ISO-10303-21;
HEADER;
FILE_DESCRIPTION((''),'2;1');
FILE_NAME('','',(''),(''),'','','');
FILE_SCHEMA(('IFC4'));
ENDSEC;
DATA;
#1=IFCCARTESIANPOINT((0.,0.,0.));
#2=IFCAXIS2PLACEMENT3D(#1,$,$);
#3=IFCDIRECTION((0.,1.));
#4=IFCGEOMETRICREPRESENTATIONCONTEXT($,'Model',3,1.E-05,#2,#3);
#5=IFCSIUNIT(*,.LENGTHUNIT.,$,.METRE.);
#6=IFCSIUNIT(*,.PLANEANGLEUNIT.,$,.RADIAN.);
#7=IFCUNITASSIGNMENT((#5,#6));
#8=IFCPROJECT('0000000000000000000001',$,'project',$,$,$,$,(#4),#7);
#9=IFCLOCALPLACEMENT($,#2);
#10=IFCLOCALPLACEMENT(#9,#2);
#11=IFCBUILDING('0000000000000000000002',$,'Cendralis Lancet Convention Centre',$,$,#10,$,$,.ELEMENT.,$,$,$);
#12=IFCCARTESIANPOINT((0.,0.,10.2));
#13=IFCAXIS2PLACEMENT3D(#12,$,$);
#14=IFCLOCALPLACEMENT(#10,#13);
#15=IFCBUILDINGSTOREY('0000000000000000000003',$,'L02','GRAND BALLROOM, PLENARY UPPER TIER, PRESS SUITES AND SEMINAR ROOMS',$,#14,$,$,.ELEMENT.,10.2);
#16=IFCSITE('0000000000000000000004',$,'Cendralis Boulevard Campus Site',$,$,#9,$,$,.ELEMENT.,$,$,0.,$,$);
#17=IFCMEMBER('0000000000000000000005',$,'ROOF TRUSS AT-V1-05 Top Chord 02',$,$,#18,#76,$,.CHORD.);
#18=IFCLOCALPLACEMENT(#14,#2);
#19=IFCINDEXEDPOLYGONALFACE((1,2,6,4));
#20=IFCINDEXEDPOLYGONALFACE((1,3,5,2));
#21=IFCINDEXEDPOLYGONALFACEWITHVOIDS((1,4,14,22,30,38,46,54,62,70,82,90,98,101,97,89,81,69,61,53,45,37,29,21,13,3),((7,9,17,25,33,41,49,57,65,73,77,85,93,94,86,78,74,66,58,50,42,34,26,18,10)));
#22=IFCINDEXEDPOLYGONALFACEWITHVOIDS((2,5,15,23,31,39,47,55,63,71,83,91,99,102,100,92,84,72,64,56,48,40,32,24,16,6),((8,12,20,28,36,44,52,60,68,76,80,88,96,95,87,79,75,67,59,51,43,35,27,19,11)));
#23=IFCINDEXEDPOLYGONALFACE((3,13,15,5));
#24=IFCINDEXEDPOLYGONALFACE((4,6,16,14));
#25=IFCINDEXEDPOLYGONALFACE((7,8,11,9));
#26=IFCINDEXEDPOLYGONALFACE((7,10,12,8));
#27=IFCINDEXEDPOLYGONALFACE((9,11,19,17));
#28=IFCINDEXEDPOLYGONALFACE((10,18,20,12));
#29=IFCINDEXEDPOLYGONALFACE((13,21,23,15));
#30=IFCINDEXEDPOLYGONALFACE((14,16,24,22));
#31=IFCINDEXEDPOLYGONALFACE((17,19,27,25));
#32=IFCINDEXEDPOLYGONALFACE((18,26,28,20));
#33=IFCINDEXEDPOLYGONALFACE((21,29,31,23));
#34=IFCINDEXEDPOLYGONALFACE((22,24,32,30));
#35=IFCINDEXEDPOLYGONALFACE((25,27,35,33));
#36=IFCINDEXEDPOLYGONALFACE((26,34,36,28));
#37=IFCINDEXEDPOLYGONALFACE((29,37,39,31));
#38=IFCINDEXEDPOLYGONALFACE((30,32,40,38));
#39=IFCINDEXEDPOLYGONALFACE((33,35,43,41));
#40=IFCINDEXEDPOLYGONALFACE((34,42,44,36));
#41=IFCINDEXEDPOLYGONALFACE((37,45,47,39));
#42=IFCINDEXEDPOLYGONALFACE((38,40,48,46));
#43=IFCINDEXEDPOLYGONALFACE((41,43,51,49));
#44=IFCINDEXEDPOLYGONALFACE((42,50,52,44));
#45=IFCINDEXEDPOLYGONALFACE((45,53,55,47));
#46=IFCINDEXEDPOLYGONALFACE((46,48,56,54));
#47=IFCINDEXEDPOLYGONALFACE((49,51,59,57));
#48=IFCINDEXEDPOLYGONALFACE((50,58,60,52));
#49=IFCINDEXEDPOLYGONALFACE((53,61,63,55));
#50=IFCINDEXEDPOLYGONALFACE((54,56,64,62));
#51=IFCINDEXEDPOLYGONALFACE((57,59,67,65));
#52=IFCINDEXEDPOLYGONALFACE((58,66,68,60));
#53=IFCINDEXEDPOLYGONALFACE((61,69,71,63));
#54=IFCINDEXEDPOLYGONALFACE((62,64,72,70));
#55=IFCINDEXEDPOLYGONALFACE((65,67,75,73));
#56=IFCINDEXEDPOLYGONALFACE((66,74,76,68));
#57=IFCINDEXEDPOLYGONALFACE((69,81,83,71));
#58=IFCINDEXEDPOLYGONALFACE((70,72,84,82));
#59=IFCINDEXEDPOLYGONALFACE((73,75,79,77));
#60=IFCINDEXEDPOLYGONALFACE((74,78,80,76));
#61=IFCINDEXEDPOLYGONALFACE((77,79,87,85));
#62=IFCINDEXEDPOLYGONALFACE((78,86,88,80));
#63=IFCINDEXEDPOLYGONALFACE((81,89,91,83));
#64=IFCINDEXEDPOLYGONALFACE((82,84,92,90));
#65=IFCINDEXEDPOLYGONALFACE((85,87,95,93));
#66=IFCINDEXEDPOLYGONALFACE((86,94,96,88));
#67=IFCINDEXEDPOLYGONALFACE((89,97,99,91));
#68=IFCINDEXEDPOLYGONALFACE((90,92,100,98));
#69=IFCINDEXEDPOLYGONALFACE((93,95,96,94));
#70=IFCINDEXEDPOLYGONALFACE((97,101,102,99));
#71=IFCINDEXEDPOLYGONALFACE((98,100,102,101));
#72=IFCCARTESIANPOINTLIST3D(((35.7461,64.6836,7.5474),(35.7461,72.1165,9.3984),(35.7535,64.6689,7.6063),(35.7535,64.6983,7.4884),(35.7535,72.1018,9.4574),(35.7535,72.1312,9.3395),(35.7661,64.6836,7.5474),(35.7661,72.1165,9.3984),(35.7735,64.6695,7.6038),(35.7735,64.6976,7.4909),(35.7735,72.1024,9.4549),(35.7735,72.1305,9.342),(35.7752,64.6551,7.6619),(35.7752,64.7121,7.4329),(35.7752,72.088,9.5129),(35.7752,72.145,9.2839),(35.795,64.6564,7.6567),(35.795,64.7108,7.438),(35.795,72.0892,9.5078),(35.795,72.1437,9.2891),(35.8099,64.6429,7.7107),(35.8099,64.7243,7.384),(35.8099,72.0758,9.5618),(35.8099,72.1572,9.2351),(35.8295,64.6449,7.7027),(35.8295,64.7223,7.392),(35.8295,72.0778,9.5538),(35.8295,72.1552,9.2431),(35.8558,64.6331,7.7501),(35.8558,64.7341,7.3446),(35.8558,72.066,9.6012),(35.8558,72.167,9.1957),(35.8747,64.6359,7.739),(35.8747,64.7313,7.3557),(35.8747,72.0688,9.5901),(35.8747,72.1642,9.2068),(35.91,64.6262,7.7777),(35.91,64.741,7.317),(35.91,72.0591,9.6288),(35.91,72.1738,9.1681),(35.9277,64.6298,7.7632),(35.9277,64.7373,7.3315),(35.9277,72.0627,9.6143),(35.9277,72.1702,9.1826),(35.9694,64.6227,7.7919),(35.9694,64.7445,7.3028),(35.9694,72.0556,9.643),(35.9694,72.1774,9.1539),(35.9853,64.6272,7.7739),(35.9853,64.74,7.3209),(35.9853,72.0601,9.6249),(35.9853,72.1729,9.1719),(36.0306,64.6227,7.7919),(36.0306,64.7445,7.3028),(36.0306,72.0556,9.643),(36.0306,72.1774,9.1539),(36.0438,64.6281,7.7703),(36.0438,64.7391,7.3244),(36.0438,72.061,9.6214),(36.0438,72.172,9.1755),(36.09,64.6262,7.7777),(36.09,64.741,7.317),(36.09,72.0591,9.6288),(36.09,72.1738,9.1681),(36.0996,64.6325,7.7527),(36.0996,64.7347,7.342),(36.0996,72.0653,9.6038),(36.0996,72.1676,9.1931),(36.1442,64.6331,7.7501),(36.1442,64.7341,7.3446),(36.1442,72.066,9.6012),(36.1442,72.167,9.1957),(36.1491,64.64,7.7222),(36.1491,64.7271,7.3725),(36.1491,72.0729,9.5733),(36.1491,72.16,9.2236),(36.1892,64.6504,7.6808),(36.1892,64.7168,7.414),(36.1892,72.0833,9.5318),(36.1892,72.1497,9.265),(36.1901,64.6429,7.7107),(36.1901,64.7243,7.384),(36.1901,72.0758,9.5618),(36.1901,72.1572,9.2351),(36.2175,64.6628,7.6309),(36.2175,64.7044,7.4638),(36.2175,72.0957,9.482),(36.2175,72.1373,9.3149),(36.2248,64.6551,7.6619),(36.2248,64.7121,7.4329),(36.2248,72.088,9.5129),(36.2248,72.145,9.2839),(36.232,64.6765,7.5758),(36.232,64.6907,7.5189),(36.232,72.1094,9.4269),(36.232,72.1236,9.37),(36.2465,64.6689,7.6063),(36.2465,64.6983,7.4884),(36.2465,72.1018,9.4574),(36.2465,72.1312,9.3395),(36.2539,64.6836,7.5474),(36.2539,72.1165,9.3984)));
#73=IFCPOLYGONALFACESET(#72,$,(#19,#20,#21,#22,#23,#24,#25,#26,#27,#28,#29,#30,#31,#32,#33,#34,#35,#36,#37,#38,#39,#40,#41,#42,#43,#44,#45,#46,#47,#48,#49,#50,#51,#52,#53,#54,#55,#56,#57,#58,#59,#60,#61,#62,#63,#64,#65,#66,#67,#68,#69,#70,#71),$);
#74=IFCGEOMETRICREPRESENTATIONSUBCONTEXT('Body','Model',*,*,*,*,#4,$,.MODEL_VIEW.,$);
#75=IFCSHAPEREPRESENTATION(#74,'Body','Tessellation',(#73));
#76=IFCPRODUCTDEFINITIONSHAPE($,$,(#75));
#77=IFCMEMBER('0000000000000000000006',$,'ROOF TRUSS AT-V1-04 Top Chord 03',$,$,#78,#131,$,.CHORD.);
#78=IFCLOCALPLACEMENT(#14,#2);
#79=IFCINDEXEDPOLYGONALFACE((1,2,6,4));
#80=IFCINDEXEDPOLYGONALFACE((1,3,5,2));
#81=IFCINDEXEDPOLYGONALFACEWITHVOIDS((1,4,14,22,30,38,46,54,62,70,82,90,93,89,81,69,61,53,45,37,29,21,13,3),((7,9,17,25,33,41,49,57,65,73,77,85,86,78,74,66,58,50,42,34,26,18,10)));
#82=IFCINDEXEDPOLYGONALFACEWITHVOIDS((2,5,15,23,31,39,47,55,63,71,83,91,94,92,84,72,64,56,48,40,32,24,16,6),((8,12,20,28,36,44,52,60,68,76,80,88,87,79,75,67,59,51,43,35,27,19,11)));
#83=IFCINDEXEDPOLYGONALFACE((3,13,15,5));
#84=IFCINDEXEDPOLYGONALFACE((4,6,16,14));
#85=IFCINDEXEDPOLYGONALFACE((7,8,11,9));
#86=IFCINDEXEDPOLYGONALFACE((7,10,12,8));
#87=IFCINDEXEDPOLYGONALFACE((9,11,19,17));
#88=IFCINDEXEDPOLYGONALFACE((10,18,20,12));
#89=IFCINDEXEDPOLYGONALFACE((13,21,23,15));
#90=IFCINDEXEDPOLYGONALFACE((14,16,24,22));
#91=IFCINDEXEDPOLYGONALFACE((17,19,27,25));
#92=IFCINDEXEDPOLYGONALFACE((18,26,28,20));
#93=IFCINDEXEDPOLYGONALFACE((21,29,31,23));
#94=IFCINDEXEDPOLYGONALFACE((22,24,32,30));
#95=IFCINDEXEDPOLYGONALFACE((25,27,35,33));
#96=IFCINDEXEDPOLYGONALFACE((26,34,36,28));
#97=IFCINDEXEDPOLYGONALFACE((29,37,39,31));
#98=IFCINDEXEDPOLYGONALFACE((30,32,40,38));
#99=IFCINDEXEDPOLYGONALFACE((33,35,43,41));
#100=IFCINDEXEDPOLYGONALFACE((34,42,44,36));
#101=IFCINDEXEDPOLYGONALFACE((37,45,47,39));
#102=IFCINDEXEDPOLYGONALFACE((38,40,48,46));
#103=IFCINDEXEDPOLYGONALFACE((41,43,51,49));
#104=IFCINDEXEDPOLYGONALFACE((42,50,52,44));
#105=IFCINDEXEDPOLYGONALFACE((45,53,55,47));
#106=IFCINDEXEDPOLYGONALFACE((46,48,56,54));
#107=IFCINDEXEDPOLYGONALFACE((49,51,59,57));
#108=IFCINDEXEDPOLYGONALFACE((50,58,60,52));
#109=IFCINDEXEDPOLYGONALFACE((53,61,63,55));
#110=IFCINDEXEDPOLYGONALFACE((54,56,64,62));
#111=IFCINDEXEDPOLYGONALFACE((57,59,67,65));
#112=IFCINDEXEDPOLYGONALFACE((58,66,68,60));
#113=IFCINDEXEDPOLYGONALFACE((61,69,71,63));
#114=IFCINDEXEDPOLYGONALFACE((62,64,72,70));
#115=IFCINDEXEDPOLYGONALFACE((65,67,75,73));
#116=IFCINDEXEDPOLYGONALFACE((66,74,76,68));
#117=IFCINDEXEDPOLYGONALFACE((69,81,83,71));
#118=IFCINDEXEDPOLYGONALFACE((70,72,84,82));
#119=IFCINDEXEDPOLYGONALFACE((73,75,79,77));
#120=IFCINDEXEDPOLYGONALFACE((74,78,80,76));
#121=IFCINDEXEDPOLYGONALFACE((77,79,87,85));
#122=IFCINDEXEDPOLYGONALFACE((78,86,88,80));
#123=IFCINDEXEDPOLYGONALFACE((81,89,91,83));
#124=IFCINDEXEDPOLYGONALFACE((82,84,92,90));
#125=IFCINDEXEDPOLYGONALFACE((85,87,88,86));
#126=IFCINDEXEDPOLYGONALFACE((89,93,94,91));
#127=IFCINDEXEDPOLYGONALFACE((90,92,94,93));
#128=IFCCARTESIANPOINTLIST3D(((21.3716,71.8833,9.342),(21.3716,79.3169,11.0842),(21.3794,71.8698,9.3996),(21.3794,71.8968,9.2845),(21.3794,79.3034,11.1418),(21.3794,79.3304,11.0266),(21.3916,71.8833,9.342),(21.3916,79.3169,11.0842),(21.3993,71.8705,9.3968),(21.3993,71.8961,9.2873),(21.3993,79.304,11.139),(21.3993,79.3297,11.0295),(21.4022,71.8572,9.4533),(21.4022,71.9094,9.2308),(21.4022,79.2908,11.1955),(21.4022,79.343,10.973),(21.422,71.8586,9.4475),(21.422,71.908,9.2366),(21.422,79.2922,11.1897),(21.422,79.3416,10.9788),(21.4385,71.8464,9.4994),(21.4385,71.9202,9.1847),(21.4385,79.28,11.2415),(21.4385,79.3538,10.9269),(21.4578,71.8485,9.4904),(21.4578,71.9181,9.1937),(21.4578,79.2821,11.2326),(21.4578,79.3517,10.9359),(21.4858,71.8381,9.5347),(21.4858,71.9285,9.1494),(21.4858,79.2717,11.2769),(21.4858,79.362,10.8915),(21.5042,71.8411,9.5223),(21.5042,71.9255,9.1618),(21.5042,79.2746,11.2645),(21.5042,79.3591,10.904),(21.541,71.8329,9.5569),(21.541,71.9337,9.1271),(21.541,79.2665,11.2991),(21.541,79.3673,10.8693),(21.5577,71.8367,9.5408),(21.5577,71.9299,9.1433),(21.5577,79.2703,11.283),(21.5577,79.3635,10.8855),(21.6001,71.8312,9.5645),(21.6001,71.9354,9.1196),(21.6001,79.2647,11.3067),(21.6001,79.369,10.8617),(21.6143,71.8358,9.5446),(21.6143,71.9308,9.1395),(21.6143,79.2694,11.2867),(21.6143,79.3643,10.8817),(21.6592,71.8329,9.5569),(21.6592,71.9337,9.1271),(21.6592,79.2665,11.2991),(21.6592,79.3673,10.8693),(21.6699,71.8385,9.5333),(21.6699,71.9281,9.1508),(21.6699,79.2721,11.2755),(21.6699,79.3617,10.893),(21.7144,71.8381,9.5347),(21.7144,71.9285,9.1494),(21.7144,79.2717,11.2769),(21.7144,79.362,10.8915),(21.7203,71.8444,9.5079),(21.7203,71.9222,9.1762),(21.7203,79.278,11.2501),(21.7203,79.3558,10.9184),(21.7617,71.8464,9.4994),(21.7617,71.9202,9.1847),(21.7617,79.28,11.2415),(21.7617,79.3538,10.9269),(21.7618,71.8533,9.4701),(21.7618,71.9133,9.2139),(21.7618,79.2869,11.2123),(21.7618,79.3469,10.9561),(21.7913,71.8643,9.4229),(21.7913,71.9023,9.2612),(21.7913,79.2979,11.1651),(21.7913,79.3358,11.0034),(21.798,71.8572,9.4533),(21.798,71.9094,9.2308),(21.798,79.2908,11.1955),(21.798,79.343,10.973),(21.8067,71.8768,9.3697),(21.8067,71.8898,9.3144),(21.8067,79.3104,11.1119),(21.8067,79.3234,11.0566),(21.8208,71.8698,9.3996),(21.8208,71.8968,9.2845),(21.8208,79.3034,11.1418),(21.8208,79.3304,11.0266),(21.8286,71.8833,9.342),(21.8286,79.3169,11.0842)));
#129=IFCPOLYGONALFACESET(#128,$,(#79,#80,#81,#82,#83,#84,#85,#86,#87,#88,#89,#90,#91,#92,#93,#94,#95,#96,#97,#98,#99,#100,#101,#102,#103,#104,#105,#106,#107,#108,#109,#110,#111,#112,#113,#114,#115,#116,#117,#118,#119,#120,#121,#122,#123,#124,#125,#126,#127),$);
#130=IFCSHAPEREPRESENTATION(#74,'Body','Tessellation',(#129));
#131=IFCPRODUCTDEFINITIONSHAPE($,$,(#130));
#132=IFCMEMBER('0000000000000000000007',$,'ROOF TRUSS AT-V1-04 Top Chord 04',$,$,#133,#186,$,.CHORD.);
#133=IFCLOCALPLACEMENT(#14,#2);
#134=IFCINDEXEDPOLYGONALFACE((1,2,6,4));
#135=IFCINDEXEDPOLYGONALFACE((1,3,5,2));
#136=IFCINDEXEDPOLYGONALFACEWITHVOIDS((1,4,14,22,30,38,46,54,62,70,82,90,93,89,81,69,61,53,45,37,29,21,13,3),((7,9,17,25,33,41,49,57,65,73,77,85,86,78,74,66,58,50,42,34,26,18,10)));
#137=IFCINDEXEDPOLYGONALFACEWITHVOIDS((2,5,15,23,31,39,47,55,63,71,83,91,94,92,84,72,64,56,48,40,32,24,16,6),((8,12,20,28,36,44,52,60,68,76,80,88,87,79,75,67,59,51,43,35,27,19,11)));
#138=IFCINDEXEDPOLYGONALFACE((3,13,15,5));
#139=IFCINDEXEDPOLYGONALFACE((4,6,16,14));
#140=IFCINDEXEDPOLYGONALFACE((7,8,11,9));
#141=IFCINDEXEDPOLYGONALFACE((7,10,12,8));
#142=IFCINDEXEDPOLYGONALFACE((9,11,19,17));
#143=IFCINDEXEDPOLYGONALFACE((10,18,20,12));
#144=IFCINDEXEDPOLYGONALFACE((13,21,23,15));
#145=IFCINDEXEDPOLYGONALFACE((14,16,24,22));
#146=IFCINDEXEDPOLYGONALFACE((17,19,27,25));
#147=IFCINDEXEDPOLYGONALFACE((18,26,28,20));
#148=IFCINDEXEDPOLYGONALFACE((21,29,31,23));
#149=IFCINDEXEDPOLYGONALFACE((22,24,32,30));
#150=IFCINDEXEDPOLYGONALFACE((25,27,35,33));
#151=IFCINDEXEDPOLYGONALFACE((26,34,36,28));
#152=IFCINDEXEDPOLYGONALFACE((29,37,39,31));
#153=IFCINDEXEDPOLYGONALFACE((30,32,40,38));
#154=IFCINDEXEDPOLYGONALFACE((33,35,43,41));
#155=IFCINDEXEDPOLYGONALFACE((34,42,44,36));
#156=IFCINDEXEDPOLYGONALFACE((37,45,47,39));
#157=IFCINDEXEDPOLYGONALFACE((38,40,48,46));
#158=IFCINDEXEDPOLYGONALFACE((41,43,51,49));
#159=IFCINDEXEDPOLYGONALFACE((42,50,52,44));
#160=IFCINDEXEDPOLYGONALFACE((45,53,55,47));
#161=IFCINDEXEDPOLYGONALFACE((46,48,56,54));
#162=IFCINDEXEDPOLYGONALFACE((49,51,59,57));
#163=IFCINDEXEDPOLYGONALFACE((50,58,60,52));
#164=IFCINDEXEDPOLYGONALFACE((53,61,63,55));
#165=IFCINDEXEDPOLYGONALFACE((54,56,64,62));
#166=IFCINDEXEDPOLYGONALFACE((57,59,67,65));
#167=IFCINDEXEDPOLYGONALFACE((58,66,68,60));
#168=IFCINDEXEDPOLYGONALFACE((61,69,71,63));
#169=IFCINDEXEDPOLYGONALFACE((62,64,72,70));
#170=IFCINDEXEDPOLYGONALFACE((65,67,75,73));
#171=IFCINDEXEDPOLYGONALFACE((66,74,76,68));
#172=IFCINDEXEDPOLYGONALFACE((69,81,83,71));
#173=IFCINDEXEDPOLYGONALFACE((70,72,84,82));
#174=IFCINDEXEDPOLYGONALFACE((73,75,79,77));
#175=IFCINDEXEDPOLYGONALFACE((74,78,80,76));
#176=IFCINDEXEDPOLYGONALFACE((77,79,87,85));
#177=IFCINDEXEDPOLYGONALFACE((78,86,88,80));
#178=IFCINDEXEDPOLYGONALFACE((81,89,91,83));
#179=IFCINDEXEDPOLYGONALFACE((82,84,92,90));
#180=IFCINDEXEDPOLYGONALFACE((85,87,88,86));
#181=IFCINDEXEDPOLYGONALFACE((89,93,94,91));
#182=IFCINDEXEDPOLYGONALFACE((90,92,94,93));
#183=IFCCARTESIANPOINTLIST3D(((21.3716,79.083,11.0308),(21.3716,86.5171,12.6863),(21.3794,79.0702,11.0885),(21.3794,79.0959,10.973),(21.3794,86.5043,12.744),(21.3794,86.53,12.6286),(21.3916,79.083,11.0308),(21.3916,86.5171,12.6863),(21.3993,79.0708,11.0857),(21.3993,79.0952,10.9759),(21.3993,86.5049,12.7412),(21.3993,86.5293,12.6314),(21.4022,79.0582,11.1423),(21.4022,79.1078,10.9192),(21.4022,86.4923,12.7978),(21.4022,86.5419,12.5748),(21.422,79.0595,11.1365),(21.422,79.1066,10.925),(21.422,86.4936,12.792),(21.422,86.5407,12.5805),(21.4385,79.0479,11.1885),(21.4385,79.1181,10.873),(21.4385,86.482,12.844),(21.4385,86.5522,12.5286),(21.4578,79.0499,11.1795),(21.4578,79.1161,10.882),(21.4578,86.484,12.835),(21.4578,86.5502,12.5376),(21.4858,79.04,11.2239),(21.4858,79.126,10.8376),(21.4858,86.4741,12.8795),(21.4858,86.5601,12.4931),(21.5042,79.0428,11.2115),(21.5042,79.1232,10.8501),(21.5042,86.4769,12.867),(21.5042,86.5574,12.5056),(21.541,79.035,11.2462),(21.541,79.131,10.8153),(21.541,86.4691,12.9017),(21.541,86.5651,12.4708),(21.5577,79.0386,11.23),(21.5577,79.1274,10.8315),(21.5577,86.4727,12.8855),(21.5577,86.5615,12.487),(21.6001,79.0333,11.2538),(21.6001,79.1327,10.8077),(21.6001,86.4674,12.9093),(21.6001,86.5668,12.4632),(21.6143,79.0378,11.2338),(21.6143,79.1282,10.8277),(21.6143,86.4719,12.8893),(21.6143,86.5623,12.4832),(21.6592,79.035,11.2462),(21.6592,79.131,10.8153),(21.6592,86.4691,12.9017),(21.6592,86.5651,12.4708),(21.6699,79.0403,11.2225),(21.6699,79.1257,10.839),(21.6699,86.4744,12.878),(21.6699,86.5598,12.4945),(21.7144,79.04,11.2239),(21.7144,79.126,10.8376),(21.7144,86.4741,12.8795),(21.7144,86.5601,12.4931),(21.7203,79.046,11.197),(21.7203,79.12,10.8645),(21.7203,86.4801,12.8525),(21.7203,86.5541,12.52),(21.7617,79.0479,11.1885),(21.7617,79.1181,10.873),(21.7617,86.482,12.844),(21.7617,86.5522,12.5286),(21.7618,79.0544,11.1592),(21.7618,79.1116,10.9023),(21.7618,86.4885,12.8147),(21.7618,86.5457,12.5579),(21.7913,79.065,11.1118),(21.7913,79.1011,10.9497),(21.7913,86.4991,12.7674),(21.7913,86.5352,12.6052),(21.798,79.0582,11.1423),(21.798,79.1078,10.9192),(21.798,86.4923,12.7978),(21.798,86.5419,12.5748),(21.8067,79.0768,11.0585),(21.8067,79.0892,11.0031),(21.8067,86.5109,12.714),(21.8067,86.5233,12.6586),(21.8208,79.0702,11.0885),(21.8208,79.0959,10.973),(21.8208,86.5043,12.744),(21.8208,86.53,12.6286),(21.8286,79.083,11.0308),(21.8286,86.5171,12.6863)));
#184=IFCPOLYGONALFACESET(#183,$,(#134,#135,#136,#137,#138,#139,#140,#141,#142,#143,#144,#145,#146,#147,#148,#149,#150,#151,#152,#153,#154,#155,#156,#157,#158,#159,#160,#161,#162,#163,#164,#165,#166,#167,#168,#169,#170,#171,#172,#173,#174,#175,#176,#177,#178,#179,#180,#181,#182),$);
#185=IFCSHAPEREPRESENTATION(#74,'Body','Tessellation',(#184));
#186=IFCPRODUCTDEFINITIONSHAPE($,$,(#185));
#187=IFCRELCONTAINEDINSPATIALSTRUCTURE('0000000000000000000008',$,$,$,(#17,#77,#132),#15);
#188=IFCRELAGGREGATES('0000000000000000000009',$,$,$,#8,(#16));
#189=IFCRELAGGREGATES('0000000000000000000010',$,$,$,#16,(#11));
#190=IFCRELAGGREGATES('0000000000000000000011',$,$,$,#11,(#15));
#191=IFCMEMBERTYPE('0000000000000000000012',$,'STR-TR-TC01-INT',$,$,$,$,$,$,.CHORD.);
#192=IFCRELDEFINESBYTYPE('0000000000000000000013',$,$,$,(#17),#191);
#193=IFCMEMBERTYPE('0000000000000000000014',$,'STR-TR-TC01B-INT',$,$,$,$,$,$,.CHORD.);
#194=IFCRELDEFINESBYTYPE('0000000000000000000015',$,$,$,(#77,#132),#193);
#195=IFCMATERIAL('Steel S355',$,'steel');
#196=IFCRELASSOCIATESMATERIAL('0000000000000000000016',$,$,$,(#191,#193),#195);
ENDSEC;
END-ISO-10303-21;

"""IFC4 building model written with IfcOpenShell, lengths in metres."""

from ifc_helpers import new_model, si_unit, direction, frame, origin, origin_2d, place, context, subcontext, project, spatial, hollow_circle, extrude, material, material_profile, profile_set, type_object, element, save


model = new_model("IFC4")

# Units and contexts
model_context = context("Model", 3, precision=1e-05, world=origin(), true_north=direction((0.0, 1.0)))
body_context = subcontext(model_context, "Body", "Model", "MODEL_VIEW")
ifc_project = project(units=[si_unit("LENGTHUNIT", "METRE"), si_unit("PLANEANGLEUNIT", "RADIAN")], contexts=[model_context])

# Site, building, storey
site_placement = place(None, origin())
site = spatial("IfcSite", under=ifc_project, at=site_placement, Name="Cendralis Boulevard Campus Site", CompositionType="ELEMENT", RefElevation=0.0)
building_placement = place(site_placement, origin())
building = spatial("IfcBuilding", under=site, at=building_placement, Name="Cendralis Lancet Convention Centre", CompositionType="ELEMENT")
storey_placement = place(building_placement, frame((0.0, 0.0, 10.2)))
storey = spatial("IfcBuildingStorey", under=building, at=storey_placement, Name="L02", Description="GRAND BALLROOM, PLENARY UPPER TIER, PRESS SUITES AND SEMINAR ROOMS", CompositionType="ELEMENT", Elevation=10.2)

# Members
ifc_material = material(Name="Steel S355", Category="steel")
ifc_material_profile_1 = material_profile(ifc_material, hollow_circle(Radius=0.2539, WallThickness=0.02, at=origin_2d()), Name="CHS 508.0x20.0")
ifc_profile_set_1 = profile_set([ifc_material_profile_1], Name="Steel S355")
member_type_1 = type_object("IfcMemberType", Name="STR-TR-TC01-INT", PredefinedType="CHORD", material=ifc_profile_set_1)
member_1_placement = place(storey_placement, frame((36.0, 64.6836, 7.5474), z_axis=(0.0, 0.970361, 0.241658), x_axis=(-1.0, 0.0, 0.0)))
element("IfcMember", 1, at=member_1_placement, inside=storey, type_object=member_type_1, Name="ROOF TRUSS AT-V1-05 Top Chord 02", PredefinedType="CHORD", context=body_context, shape_type="SweptSolid", body=[
    extrude(hollow_circle(Radius=0.2539, WallThickness=0.02, at=origin_2d()), origin(), (0.0, 0.0, 1.0), 7.6599),
])
ifc_material_profile_2 = material_profile(ifc_material, hollow_circle(Radius=0.2285, WallThickness=0.02, at=origin_2d()), Name="CHS 457.0x20.0")
ifc_profile_set_2 = profile_set([ifc_material_profile_2], Name="Steel S355")
member_type_2 = type_object("IfcMemberType", Name="STR-TR-TC01B-INT", PredefinedType="CHORD", material=ifc_profile_set_2)
member_2_placement = place(storey_placement, frame((21.6001, 71.8833, 9.342), z_axis=(0.0, 0.973618, 0.228184), x_axis=(-1.0, 0.0, 0.0)))
element("IfcMember", 2, at=member_2_placement, inside=storey, type_object=member_type_2, Name="ROOF TRUSS AT-V1-04 Top Chord 03", PredefinedType="CHORD", context=body_context, shape_type="SweptSolid", body=[
    extrude(hollow_circle(Radius=0.2285, WallThickness=0.02, at=origin_2d()), origin(), (0.0, 0.0, 1.0), 7.635),
])
member_3_placement = place(storey_placement, frame((21.6001, 79.083, 11.0308), z_axis=(0.0, 0.97609, 0.217368), x_axis=(-1.0, 0.0, 0.0)))
element("IfcMember", 3, at=member_3_placement, inside=storey, type_object=member_type_2, Name="ROOF TRUSS AT-V1-04 Top Chord 04", PredefinedType="CHORD", context=body_context, shape_type="SweptSolid", body=[
    extrude(hollow_circle(Radius=0.2285, WallThickness=0.02, at=origin_2d()), origin(), (0.0, 0.0, 1.0), 7.6162),
])

save(model, "model.ifc")
